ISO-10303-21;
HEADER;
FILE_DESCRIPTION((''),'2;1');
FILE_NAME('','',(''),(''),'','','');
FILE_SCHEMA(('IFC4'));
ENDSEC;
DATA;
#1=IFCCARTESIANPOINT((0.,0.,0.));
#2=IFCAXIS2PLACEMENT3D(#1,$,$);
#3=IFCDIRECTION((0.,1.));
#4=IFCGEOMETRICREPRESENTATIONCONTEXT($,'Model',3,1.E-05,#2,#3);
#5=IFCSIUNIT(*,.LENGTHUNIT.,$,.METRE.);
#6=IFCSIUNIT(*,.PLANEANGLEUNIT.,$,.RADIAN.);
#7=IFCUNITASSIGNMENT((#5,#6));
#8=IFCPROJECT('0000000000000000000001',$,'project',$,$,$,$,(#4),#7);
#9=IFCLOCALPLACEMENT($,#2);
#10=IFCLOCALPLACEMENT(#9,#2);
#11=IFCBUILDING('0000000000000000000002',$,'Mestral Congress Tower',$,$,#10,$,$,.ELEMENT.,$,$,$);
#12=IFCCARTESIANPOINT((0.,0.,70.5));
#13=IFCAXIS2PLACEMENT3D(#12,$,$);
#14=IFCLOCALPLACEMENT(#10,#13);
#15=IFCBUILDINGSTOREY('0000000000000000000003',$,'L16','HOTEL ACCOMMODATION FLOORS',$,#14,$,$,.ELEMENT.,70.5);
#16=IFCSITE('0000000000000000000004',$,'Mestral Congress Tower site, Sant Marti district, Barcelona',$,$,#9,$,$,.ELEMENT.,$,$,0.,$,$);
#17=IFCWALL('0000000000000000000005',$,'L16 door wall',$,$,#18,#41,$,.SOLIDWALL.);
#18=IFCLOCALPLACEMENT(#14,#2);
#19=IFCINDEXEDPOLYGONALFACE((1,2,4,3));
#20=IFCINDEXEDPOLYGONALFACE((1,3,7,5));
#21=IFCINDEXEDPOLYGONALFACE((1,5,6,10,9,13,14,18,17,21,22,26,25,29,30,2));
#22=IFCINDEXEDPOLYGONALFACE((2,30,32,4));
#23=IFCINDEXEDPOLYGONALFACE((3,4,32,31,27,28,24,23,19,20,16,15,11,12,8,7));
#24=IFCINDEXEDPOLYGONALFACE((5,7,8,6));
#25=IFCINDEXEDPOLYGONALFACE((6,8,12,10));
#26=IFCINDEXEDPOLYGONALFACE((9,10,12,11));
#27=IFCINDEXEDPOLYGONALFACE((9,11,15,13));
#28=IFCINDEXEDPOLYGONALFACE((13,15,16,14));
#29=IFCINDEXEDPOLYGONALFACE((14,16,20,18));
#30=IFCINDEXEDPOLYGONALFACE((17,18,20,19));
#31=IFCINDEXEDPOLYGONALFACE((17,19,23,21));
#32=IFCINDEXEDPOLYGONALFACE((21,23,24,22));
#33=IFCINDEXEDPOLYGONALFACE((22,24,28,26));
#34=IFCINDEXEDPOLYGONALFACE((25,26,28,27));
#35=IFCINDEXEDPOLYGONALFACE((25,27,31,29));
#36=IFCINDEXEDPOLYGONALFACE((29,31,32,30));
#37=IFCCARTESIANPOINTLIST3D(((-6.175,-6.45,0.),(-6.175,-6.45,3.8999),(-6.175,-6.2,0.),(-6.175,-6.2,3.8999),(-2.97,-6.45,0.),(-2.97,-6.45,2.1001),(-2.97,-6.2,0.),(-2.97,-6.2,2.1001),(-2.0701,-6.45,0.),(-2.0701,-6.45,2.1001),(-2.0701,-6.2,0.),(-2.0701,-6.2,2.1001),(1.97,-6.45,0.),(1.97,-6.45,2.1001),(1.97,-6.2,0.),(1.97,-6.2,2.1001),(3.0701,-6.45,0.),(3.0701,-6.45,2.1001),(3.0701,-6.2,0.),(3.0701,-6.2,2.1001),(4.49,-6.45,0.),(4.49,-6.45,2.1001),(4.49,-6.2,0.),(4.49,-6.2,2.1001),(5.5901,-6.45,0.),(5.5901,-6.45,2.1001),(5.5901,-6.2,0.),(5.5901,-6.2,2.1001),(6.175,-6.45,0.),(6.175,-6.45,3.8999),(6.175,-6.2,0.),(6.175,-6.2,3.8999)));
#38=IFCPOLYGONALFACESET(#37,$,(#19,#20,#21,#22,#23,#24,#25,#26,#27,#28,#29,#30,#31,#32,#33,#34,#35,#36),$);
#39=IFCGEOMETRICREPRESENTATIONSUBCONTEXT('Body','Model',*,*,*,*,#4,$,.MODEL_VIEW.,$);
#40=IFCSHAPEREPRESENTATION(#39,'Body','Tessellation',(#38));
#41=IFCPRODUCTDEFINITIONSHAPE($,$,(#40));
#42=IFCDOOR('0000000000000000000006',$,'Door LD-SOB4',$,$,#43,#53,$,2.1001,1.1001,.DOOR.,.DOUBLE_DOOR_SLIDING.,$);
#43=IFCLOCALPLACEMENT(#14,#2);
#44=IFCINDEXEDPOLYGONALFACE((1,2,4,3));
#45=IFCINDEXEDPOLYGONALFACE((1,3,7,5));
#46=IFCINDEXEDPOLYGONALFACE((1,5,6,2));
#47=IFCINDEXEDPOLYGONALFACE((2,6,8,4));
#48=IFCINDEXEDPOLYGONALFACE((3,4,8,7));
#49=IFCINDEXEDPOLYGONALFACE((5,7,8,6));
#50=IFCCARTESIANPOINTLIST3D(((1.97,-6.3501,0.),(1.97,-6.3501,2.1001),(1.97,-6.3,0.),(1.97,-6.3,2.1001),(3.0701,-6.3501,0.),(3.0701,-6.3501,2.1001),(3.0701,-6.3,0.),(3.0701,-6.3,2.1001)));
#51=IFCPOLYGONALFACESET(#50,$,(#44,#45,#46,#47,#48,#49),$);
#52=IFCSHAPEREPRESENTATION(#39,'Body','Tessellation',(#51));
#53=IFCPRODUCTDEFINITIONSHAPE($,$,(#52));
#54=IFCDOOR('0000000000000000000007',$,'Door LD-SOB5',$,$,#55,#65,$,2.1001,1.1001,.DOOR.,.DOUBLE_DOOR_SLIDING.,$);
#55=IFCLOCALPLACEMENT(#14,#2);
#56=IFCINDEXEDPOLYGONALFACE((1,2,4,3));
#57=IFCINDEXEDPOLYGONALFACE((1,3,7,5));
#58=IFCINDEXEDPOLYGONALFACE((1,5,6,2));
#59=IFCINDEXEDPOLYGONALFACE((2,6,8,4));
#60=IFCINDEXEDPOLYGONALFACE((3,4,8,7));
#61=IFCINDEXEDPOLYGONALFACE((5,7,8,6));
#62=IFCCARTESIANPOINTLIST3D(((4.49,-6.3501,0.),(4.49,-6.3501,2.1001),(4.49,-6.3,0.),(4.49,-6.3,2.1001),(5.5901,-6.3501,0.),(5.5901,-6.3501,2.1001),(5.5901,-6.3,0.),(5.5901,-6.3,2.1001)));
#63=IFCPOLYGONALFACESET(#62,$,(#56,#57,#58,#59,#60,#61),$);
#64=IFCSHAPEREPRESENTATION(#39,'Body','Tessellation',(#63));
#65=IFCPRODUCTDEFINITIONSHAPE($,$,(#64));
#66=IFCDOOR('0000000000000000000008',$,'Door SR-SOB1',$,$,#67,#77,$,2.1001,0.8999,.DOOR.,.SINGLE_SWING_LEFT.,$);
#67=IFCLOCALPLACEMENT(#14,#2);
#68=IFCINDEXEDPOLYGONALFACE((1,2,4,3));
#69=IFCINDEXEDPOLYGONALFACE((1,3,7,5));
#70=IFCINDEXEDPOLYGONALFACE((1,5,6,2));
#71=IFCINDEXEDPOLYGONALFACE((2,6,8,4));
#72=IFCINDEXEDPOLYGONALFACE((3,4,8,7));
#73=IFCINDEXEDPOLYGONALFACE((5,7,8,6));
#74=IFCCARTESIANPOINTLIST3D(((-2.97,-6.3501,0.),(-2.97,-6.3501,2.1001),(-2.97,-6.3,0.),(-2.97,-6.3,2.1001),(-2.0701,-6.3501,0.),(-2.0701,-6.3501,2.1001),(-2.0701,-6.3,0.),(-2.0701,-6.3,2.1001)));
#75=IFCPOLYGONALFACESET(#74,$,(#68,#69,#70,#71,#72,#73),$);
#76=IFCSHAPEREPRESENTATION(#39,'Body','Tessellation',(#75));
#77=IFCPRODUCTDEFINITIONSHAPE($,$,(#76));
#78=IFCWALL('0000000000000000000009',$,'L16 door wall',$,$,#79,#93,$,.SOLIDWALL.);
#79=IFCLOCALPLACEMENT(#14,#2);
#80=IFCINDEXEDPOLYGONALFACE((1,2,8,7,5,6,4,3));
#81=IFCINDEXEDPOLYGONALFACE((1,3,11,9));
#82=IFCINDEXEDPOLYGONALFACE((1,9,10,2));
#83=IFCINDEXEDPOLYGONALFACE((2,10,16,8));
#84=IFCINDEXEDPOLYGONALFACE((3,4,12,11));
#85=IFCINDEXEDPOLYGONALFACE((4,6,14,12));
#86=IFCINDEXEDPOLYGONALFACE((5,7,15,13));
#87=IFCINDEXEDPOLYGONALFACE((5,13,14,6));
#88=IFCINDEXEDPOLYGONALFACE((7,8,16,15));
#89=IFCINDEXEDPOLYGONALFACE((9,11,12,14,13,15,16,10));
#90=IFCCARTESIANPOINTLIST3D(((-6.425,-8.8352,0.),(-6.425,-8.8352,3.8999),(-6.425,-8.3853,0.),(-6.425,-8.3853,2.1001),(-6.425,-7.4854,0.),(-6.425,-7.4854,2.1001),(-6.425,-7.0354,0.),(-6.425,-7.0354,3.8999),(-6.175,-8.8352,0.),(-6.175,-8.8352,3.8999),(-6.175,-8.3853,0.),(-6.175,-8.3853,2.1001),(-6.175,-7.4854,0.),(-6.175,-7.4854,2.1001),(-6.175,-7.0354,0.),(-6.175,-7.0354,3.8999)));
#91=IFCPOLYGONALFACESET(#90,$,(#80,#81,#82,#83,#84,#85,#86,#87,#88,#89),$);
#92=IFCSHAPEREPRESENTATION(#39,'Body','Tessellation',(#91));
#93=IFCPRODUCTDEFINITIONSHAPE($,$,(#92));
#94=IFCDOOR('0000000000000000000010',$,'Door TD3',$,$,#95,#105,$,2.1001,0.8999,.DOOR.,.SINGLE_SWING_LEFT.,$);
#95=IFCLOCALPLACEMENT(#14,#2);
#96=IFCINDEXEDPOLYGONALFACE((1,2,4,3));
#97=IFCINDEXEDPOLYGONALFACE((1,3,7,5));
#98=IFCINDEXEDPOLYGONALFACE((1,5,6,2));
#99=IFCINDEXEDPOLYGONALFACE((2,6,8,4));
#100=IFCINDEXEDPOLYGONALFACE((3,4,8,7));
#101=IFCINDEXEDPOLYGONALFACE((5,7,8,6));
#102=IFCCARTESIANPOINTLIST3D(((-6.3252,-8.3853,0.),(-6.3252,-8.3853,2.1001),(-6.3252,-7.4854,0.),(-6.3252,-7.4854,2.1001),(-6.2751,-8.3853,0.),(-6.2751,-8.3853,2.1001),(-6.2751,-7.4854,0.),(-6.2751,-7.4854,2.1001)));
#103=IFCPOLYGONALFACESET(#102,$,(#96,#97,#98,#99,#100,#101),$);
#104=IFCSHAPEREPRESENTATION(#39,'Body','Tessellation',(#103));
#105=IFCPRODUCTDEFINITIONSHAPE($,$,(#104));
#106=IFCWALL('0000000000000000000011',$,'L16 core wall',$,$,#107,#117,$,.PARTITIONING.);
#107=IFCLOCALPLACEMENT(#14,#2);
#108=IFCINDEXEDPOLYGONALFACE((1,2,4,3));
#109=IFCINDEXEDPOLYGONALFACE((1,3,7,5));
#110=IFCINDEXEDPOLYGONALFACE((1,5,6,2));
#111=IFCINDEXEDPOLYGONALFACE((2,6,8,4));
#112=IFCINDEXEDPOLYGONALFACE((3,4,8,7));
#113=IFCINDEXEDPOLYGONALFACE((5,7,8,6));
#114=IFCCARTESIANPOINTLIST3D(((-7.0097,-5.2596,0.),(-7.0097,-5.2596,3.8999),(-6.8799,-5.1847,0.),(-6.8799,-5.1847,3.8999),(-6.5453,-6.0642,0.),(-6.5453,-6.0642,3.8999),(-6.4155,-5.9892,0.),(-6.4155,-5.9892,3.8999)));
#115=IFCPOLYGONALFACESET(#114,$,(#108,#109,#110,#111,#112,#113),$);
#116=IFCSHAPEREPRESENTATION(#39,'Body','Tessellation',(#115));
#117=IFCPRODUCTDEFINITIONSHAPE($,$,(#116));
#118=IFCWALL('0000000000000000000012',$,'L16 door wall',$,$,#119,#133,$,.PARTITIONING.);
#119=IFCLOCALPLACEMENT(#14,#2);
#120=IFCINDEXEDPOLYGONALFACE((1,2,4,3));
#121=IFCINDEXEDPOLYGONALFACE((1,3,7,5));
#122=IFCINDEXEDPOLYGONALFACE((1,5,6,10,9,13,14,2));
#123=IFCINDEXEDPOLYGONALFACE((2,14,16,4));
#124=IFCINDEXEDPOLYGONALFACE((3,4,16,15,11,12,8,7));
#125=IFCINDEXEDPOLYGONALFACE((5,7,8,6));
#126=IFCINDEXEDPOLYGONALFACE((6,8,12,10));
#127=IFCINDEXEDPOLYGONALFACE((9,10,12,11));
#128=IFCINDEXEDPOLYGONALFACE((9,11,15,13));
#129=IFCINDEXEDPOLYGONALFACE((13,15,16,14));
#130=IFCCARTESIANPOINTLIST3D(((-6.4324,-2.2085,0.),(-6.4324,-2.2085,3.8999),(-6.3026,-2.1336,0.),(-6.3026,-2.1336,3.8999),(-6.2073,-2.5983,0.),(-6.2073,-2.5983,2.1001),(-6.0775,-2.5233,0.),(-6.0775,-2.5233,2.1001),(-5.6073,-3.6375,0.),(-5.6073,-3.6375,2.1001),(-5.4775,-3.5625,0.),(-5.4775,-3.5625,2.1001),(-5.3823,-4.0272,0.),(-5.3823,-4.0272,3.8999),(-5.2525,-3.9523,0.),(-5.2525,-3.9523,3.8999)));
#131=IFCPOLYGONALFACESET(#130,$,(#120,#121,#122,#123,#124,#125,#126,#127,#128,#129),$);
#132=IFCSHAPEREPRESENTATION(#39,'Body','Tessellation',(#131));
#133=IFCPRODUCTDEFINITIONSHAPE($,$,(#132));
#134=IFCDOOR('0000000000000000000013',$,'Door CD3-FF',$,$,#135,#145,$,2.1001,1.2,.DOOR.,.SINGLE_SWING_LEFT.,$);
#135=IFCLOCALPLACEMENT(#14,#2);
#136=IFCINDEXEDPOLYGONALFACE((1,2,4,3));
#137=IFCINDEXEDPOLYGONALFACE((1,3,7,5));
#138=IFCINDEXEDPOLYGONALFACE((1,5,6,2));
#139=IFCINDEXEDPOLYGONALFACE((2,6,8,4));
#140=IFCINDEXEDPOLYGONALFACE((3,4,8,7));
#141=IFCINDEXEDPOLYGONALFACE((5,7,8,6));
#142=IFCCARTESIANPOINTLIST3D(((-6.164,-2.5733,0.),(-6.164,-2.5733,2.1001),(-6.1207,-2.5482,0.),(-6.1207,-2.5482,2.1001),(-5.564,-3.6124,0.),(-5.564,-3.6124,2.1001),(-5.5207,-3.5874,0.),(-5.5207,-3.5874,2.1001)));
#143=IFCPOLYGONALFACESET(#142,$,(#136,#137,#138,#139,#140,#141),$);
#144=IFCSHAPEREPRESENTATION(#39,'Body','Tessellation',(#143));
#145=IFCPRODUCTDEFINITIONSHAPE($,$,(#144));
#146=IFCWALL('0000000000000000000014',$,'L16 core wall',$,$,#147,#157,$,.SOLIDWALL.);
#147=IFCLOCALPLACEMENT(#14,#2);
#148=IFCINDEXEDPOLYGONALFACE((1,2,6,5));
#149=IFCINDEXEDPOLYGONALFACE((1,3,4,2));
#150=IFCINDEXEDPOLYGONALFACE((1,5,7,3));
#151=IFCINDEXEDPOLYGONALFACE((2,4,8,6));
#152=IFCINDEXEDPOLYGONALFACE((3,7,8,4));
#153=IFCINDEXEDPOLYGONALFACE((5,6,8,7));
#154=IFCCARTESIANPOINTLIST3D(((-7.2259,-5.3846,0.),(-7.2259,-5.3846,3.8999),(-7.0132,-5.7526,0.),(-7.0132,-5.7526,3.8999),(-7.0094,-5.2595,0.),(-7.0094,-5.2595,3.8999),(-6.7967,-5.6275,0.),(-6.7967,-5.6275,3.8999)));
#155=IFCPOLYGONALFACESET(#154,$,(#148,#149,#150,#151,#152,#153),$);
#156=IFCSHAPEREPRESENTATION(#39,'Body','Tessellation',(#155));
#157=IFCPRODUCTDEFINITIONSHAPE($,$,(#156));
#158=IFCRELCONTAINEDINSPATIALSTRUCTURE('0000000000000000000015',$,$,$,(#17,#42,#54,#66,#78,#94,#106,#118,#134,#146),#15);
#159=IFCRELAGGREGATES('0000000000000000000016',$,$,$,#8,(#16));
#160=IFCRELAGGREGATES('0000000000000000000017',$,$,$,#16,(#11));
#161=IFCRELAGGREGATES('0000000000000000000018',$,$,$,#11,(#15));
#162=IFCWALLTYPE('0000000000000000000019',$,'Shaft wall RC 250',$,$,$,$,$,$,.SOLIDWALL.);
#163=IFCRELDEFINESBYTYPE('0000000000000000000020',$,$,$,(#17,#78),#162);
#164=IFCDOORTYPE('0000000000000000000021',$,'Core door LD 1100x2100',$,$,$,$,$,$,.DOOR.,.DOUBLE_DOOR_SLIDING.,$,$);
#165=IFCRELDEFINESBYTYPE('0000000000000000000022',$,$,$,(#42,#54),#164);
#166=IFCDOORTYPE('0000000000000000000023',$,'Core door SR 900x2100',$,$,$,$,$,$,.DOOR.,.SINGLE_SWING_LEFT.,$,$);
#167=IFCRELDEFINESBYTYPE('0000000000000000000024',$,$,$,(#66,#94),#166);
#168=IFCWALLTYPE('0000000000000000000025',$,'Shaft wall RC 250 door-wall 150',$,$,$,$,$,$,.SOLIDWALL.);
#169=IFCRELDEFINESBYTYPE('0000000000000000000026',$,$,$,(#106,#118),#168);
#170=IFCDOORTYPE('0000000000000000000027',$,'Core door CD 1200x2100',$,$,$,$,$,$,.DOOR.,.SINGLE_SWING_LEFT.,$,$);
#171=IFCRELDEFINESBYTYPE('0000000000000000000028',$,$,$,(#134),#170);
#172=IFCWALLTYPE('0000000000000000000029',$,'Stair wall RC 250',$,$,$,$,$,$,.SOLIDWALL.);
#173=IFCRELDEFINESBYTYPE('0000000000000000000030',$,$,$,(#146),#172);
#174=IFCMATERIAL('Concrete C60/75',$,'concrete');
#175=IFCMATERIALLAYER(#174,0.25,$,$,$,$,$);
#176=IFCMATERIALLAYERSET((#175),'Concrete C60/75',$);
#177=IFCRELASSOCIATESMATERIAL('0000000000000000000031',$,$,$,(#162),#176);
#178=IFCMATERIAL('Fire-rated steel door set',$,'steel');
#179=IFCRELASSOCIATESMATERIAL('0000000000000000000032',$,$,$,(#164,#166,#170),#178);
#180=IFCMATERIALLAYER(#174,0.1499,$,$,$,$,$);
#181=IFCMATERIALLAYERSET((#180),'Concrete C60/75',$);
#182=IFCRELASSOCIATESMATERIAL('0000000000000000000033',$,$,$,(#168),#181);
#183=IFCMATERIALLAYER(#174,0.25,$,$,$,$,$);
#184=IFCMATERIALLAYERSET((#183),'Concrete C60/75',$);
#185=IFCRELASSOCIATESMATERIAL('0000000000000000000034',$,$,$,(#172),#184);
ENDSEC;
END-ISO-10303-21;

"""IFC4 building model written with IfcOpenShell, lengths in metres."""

from ifc_helpers import new_model, si_unit, direction, frame, frame_2d, origin, place, context, subcontext, project, spatial, rectangle, extrude, material, layer, layer_set, type_object, element, fill, save


model = new_model("IFC4")

# Units and contexts
model_context = context("Model", 3, precision=1e-05, world=origin(), true_north=direction((0.0, 1.0)))
body_context = subcontext(model_context, "Body", "Model", "MODEL_VIEW")
ifc_project = project(units=[si_unit("LENGTHUNIT", "METRE"), si_unit("PLANEANGLEUNIT", "RADIAN")], contexts=[model_context])

# Site, building, storey
site_placement = place(None, origin())
site = spatial("IfcSite", under=ifc_project, at=site_placement, Name="Mestral Congress Tower site, Sant Marti district, Barcelona", CompositionType="ELEMENT", RefElevation=0.0)
building_placement = place(site_placement, origin())
building = spatial("IfcBuilding", under=site, at=building_placement, Name="Mestral Congress Tower", CompositionType="ELEMENT")
storey_placement = place(building_placement, frame((0.0, 0.0, 70.5)))
storey = spatial("IfcBuildingStorey", under=building, at=storey_placement, Name="L16", Description="HOTEL ACCOMMODATION FLOORS", CompositionType="ELEMENT", Elevation=70.5)

# Shared definitions
ifc_material_1 = material(Name="Concrete C60/75", Category="concrete")
ifc_layer_1 = layer(ifc_material_1, 0.25)
ifc_layer_set_1 = layer_set([ifc_layer_1], Name="Concrete C60/75")
wall_type_1 = type_object("IfcWallType", Name="Shaft wall RC 250", PredefinedType="SOLIDWALL", material=ifc_layer_set_1)

# Wall, openings, doors
ifc_material_2 = material(Name="Fire-rated steel door set", Category="steel")
door_type_1 = type_object("IfcDoorType", Name="Core door LD 1100x2100", OperationType="DOUBLE_DOOR_SLIDING", PredefinedType="DOOR", material=ifc_material_2)
wall_1_placement = place(storey_placement, frame((-6.175, -6.325, 0.0), z_axis=(0.0, 0.0, 1.0), x_axis=(1.0, 0.0, 0.0)))
wall_1 = element("IfcWall", 1, at=wall_1_placement, inside=storey, type_object=wall_type_1, Name="L16 door wall", PredefinedType="SOLIDWALL", context=body_context, shape_type="SweptSolid", body=[
    extrude(rectangle(XDim=12.3501, YDim=0.25, at=frame_2d((6.175, 0.0))), origin(), (0.0, 0.0, 1.0), 3.8999),
])
opening_1_placement = place(wall_1_placement, frame((3.2051, 0.0, 0.0)))
opening_1 = element("IfcOpeningElement", 2, at=opening_1_placement, cuts=wall_1, PredefinedType="OPENING", context=body_context, shape_type="SweptSolid", body=[
    extrude(rectangle(XDim=0.8999, YDim=2.1001, at=frame_2d((0.45, 1.05))), frame((0.0, 0.135, 0.0), z_axis=(0.0, -1.0, 0.0), x_axis=(1.0, 0.0, 0.0)), (0.0, 0.0, 1.0), 0.27),
])
opening_2_placement = place(wall_1_placement, frame((8.145, 0.0, 0.0)))
opening_2 = element("IfcOpeningElement", 3, at=opening_2_placement, cuts=wall_1, PredefinedType="OPENING", context=body_context, shape_type="SweptSolid", body=[
    extrude(rectangle(XDim=1.1001, YDim=2.1001, at=frame_2d((0.55, 1.05))), frame((0.0, 0.135, 0.0), z_axis=(0.0, -1.0, 0.0), x_axis=(1.0, 0.0, 0.0)), (0.0, 0.0, 1.0), 0.27),
])
opening_3_placement = place(wall_1_placement, frame((10.665, 0.0, 0.0)))
opening_3 = element("IfcOpeningElement", 4, at=opening_3_placement, cuts=wall_1, PredefinedType="OPENING", context=body_context, shape_type="SweptSolid", body=[
    extrude(rectangle(XDim=1.1001, YDim=2.1001, at=frame_2d((0.55, 1.05))), frame((0.0, 0.135, 0.0), z_axis=(0.0, -1.0, 0.0), x_axis=(1.0, 0.0, 0.0)), (0.0, 0.0, 1.0), 0.27),
])
door_1_placement = place(opening_2_placement, origin())
door_1 = element("IfcDoor", 5, at=door_1_placement, inside=storey, type_object=door_type_1, Name="Door LD-SOB4", OperationType="DOUBLE_DOOR_SLIDING", OverallHeight=2.1001, OverallWidth=1.1001, PredefinedType="DOOR", context=body_context, shape_type="SweptSolid", body=[
    extrude(rectangle(XDim=1.1001, YDim=2.1001, at=frame_2d((0.55, 1.05))), frame((0.0, 0.0249, 0.0), z_axis=(0.0, -1.0, 0.0), x_axis=(1.0, 0.0, 0.0)), (0.0, 0.0, 1.0), 0.05),
])
fill(opening_2, door_1)
door_2_placement = place(opening_3_placement, origin())
door_2 = element("IfcDoor", 6, at=door_2_placement, inside=storey, type_object=door_type_1, Name="Door LD-SOB5", OperationType="DOUBLE_DOOR_SLIDING", OverallHeight=2.1001, OverallWidth=1.1001, PredefinedType="DOOR", context=body_context, shape_type="SweptSolid", body=[
    extrude(rectangle(XDim=1.1001, YDim=2.1001, at=frame_2d((0.55, 1.05))), frame((0.0, 0.0249, 0.0), z_axis=(0.0, -1.0, 0.0), x_axis=(1.0, 0.0, 0.0)), (0.0, 0.0, 1.0), 0.05),
])
fill(opening_3, door_2)
door_type_2 = type_object("IfcDoorType", Name="Core door SR 900x2100", OperationType="SINGLE_SWING_LEFT", PredefinedType="DOOR", material=ifc_material_2)
door_3_placement = place(opening_1_placement, origin())
door_3 = element("IfcDoor", 7, at=door_3_placement, inside=storey, type_object=door_type_2, Name="Door SR-SOB1", OperationType="SINGLE_SWING_LEFT", OverallHeight=2.1001, OverallWidth=0.8999, PredefinedType="DOOR", context=body_context, shape_type="SweptSolid", body=[
    extrude(rectangle(XDim=0.8999, YDim=2.1001, at=frame_2d((0.45, 1.05))), frame((0.0, 0.0249, 0.0), z_axis=(0.0, -1.0, 0.0), x_axis=(1.0, 0.0, 0.0)), (0.0, 0.0, 1.0), 0.05),
])
fill(opening_1, door_3)

# Wall, opening, door
wall_2_placement = place(storey_placement, frame((-6.3, -7.0354, 0.0), z_axis=(0.0, 0.0, 1.0), x_axis=(0.0, -1.0, 0.0)))
wall_2 = element("IfcWall", 8, at=wall_2_placement, inside=storey, type_object=wall_type_1, Name="L16 door wall", PredefinedType="SOLIDWALL", context=body_context, shape_type="SweptSolid", body=[
    extrude(rectangle(XDim=1.7998, YDim=0.25, at=frame_2d((0.8999, 0.0))), origin(), (0.0, 0.0, 1.0), 3.8999),
])
opening_4_placement = place(wall_2_placement, frame((0.45, 0.0, 0.0)))
opening_4 = element("IfcOpeningElement", 9, at=opening_4_placement, cuts=wall_2, PredefinedType="OPENING", context=body_context, shape_type="SweptSolid", body=[
    extrude(rectangle(XDim=0.8999, YDim=2.1001, at=frame_2d((0.45, 1.05))), frame((0.0, 0.135, 0.0), z_axis=(0.0, -1.0, 0.0), x_axis=(1.0, 0.0, 0.0)), (0.0, 0.0, 1.0), 0.27),
])
door_4_placement = place(opening_4_placement, origin())
door_4 = element("IfcDoor", 10, at=door_4_placement, inside=storey, type_object=door_type_2, Name="Door TD3", OperationType="SINGLE_SWING_LEFT", OverallHeight=2.1001, OverallWidth=0.8999, PredefinedType="DOOR", context=body_context, shape_type="SweptSolid", body=[
    extrude(rectangle(XDim=0.8999, YDim=2.1001, at=frame_2d((0.45, 1.05))), frame((0.0, 0.0249, 0.0), z_axis=(0.0, -1.0, 0.0), x_axis=(1.0, 0.0, 0.0)), (0.0, 0.0, 1.0), 0.05),
])
fill(opening_4, door_4)

# Wall
ifc_layer_2 = layer(ifc_material_1, 0.1499)
ifc_layer_set_2 = layer_set([ifc_layer_2], Name="Concrete C60/75")
wall_type_2 = type_object("IfcWallType", Name="Shaft wall RC 250 door-wall 150", PredefinedType="SOLIDWALL", material=ifc_layer_set_2)
wall_3_placement = place(storey_placement, frame((-6.4805, -6.0266, 0.0), z_axis=(0.0, 0.0, 1.0), x_axis=(-0.499927, 0.866067, 0.0)))
element("IfcWall", 11, at=wall_3_placement, inside=storey, type_object=wall_type_2, Name="L16 core wall", PredefinedType="PARTITIONING", context=body_context, shape_type="SweptSolid", body=[
    extrude(rectangle(XDim=0.929, YDim=0.1499, at=frame_2d((0.4644, 0.0))), origin(), (0.0, 0.0, 1.0), 3.8999),
])

# Wall, opening, door
wall_4_placement = place(storey_placement, frame((-5.3174, -3.9897, 0.0), z_axis=(0.0, 0.0, 1.0), x_axis=(-0.500028, 0.866009, 0.0)))
wall_4 = element("IfcWall", 12, at=wall_4_placement, inside=storey, type_object=wall_type_2, Name="L16 door wall", PredefinedType="PARTITIONING", context=body_context, shape_type="SweptSolid", body=[
    extrude(rectangle(XDim=2.1001, YDim=0.1499, at=frame_2d((1.05, 0.0))), origin(), (0.0, 0.0, 1.0), 3.8999),
])
opening_5_placement = place(wall_4_placement, frame((0.45, 0.0, 0.0)))
opening_5 = element("IfcOpeningElement", 13, at=opening_5_placement, cuts=wall_4, PredefinedType="OPENING", context=body_context, shape_type="SweptSolid", body=[
    extrude(rectangle(XDim=1.2, YDim=2.1001, at=frame_2d((0.6001, 1.05))), frame((0.0, 0.085, 0.0), z_axis=(0.0, -1.0, 0.0), x_axis=(1.0, 0.0, 0.0)), (0.0, 0.0, 1.0), 0.1699),
])
door_type_3 = type_object("IfcDoorType", Name="Core door CD 1200x2100", OperationType="SINGLE_SWING_LEFT", PredefinedType="DOOR", material=ifc_material_2)
door_5_placement = place(opening_5_placement, origin())
door_5 = element("IfcDoor", 14, at=door_5_placement, inside=storey, type_object=door_type_3, Name="Door CD3-FF", OperationType="SINGLE_SWING_LEFT", OverallHeight=2.1001, OverallWidth=1.2, PredefinedType="DOOR", context=body_context, shape_type="SweptSolid", body=[
    extrude(rectangle(XDim=1.2, YDim=2.1001, at=frame_2d((0.6001, 1.05))), frame((0.0, 0.0249, 0.0), z_axis=(0.0, -1.0, 0.0), x_axis=(1.0, 0.0, 0.0)), (0.0, 0.0, 1.0), 0.05),
])
fill(opening_5, door_5)

# Wall
ifc_layer_3 = layer(ifc_material_1, 0.25)
ifc_layer_set_3 = layer_set([ifc_layer_3], Name="Concrete C60/75")
wall_type_3 = type_object("IfcWallType", Name="Stair wall RC 250", PredefinedType="SOLIDWALL", material=ifc_layer_set_3)
wall_5_placement = place(storey_placement, frame((-6.905, -5.6899, 0.0), z_axis=(0.0, 0.0, 1.0), x_axis=(-0.500402, 0.865793, 0.0)))
element("IfcWall", 15, at=wall_5_placement, inside=storey, type_object=wall_type_3, Name="L16 core wall", PredefinedType="SOLIDWALL", context=body_context, shape_type="SweptSolid", body=[
    extrude(rectangle(XDim=0.425, YDim=0.25, at=frame_2d((0.2124, 0.0))), origin(), (0.0, 0.0, 1.0), 3.8999),
])

save(model, "model.ifc")
